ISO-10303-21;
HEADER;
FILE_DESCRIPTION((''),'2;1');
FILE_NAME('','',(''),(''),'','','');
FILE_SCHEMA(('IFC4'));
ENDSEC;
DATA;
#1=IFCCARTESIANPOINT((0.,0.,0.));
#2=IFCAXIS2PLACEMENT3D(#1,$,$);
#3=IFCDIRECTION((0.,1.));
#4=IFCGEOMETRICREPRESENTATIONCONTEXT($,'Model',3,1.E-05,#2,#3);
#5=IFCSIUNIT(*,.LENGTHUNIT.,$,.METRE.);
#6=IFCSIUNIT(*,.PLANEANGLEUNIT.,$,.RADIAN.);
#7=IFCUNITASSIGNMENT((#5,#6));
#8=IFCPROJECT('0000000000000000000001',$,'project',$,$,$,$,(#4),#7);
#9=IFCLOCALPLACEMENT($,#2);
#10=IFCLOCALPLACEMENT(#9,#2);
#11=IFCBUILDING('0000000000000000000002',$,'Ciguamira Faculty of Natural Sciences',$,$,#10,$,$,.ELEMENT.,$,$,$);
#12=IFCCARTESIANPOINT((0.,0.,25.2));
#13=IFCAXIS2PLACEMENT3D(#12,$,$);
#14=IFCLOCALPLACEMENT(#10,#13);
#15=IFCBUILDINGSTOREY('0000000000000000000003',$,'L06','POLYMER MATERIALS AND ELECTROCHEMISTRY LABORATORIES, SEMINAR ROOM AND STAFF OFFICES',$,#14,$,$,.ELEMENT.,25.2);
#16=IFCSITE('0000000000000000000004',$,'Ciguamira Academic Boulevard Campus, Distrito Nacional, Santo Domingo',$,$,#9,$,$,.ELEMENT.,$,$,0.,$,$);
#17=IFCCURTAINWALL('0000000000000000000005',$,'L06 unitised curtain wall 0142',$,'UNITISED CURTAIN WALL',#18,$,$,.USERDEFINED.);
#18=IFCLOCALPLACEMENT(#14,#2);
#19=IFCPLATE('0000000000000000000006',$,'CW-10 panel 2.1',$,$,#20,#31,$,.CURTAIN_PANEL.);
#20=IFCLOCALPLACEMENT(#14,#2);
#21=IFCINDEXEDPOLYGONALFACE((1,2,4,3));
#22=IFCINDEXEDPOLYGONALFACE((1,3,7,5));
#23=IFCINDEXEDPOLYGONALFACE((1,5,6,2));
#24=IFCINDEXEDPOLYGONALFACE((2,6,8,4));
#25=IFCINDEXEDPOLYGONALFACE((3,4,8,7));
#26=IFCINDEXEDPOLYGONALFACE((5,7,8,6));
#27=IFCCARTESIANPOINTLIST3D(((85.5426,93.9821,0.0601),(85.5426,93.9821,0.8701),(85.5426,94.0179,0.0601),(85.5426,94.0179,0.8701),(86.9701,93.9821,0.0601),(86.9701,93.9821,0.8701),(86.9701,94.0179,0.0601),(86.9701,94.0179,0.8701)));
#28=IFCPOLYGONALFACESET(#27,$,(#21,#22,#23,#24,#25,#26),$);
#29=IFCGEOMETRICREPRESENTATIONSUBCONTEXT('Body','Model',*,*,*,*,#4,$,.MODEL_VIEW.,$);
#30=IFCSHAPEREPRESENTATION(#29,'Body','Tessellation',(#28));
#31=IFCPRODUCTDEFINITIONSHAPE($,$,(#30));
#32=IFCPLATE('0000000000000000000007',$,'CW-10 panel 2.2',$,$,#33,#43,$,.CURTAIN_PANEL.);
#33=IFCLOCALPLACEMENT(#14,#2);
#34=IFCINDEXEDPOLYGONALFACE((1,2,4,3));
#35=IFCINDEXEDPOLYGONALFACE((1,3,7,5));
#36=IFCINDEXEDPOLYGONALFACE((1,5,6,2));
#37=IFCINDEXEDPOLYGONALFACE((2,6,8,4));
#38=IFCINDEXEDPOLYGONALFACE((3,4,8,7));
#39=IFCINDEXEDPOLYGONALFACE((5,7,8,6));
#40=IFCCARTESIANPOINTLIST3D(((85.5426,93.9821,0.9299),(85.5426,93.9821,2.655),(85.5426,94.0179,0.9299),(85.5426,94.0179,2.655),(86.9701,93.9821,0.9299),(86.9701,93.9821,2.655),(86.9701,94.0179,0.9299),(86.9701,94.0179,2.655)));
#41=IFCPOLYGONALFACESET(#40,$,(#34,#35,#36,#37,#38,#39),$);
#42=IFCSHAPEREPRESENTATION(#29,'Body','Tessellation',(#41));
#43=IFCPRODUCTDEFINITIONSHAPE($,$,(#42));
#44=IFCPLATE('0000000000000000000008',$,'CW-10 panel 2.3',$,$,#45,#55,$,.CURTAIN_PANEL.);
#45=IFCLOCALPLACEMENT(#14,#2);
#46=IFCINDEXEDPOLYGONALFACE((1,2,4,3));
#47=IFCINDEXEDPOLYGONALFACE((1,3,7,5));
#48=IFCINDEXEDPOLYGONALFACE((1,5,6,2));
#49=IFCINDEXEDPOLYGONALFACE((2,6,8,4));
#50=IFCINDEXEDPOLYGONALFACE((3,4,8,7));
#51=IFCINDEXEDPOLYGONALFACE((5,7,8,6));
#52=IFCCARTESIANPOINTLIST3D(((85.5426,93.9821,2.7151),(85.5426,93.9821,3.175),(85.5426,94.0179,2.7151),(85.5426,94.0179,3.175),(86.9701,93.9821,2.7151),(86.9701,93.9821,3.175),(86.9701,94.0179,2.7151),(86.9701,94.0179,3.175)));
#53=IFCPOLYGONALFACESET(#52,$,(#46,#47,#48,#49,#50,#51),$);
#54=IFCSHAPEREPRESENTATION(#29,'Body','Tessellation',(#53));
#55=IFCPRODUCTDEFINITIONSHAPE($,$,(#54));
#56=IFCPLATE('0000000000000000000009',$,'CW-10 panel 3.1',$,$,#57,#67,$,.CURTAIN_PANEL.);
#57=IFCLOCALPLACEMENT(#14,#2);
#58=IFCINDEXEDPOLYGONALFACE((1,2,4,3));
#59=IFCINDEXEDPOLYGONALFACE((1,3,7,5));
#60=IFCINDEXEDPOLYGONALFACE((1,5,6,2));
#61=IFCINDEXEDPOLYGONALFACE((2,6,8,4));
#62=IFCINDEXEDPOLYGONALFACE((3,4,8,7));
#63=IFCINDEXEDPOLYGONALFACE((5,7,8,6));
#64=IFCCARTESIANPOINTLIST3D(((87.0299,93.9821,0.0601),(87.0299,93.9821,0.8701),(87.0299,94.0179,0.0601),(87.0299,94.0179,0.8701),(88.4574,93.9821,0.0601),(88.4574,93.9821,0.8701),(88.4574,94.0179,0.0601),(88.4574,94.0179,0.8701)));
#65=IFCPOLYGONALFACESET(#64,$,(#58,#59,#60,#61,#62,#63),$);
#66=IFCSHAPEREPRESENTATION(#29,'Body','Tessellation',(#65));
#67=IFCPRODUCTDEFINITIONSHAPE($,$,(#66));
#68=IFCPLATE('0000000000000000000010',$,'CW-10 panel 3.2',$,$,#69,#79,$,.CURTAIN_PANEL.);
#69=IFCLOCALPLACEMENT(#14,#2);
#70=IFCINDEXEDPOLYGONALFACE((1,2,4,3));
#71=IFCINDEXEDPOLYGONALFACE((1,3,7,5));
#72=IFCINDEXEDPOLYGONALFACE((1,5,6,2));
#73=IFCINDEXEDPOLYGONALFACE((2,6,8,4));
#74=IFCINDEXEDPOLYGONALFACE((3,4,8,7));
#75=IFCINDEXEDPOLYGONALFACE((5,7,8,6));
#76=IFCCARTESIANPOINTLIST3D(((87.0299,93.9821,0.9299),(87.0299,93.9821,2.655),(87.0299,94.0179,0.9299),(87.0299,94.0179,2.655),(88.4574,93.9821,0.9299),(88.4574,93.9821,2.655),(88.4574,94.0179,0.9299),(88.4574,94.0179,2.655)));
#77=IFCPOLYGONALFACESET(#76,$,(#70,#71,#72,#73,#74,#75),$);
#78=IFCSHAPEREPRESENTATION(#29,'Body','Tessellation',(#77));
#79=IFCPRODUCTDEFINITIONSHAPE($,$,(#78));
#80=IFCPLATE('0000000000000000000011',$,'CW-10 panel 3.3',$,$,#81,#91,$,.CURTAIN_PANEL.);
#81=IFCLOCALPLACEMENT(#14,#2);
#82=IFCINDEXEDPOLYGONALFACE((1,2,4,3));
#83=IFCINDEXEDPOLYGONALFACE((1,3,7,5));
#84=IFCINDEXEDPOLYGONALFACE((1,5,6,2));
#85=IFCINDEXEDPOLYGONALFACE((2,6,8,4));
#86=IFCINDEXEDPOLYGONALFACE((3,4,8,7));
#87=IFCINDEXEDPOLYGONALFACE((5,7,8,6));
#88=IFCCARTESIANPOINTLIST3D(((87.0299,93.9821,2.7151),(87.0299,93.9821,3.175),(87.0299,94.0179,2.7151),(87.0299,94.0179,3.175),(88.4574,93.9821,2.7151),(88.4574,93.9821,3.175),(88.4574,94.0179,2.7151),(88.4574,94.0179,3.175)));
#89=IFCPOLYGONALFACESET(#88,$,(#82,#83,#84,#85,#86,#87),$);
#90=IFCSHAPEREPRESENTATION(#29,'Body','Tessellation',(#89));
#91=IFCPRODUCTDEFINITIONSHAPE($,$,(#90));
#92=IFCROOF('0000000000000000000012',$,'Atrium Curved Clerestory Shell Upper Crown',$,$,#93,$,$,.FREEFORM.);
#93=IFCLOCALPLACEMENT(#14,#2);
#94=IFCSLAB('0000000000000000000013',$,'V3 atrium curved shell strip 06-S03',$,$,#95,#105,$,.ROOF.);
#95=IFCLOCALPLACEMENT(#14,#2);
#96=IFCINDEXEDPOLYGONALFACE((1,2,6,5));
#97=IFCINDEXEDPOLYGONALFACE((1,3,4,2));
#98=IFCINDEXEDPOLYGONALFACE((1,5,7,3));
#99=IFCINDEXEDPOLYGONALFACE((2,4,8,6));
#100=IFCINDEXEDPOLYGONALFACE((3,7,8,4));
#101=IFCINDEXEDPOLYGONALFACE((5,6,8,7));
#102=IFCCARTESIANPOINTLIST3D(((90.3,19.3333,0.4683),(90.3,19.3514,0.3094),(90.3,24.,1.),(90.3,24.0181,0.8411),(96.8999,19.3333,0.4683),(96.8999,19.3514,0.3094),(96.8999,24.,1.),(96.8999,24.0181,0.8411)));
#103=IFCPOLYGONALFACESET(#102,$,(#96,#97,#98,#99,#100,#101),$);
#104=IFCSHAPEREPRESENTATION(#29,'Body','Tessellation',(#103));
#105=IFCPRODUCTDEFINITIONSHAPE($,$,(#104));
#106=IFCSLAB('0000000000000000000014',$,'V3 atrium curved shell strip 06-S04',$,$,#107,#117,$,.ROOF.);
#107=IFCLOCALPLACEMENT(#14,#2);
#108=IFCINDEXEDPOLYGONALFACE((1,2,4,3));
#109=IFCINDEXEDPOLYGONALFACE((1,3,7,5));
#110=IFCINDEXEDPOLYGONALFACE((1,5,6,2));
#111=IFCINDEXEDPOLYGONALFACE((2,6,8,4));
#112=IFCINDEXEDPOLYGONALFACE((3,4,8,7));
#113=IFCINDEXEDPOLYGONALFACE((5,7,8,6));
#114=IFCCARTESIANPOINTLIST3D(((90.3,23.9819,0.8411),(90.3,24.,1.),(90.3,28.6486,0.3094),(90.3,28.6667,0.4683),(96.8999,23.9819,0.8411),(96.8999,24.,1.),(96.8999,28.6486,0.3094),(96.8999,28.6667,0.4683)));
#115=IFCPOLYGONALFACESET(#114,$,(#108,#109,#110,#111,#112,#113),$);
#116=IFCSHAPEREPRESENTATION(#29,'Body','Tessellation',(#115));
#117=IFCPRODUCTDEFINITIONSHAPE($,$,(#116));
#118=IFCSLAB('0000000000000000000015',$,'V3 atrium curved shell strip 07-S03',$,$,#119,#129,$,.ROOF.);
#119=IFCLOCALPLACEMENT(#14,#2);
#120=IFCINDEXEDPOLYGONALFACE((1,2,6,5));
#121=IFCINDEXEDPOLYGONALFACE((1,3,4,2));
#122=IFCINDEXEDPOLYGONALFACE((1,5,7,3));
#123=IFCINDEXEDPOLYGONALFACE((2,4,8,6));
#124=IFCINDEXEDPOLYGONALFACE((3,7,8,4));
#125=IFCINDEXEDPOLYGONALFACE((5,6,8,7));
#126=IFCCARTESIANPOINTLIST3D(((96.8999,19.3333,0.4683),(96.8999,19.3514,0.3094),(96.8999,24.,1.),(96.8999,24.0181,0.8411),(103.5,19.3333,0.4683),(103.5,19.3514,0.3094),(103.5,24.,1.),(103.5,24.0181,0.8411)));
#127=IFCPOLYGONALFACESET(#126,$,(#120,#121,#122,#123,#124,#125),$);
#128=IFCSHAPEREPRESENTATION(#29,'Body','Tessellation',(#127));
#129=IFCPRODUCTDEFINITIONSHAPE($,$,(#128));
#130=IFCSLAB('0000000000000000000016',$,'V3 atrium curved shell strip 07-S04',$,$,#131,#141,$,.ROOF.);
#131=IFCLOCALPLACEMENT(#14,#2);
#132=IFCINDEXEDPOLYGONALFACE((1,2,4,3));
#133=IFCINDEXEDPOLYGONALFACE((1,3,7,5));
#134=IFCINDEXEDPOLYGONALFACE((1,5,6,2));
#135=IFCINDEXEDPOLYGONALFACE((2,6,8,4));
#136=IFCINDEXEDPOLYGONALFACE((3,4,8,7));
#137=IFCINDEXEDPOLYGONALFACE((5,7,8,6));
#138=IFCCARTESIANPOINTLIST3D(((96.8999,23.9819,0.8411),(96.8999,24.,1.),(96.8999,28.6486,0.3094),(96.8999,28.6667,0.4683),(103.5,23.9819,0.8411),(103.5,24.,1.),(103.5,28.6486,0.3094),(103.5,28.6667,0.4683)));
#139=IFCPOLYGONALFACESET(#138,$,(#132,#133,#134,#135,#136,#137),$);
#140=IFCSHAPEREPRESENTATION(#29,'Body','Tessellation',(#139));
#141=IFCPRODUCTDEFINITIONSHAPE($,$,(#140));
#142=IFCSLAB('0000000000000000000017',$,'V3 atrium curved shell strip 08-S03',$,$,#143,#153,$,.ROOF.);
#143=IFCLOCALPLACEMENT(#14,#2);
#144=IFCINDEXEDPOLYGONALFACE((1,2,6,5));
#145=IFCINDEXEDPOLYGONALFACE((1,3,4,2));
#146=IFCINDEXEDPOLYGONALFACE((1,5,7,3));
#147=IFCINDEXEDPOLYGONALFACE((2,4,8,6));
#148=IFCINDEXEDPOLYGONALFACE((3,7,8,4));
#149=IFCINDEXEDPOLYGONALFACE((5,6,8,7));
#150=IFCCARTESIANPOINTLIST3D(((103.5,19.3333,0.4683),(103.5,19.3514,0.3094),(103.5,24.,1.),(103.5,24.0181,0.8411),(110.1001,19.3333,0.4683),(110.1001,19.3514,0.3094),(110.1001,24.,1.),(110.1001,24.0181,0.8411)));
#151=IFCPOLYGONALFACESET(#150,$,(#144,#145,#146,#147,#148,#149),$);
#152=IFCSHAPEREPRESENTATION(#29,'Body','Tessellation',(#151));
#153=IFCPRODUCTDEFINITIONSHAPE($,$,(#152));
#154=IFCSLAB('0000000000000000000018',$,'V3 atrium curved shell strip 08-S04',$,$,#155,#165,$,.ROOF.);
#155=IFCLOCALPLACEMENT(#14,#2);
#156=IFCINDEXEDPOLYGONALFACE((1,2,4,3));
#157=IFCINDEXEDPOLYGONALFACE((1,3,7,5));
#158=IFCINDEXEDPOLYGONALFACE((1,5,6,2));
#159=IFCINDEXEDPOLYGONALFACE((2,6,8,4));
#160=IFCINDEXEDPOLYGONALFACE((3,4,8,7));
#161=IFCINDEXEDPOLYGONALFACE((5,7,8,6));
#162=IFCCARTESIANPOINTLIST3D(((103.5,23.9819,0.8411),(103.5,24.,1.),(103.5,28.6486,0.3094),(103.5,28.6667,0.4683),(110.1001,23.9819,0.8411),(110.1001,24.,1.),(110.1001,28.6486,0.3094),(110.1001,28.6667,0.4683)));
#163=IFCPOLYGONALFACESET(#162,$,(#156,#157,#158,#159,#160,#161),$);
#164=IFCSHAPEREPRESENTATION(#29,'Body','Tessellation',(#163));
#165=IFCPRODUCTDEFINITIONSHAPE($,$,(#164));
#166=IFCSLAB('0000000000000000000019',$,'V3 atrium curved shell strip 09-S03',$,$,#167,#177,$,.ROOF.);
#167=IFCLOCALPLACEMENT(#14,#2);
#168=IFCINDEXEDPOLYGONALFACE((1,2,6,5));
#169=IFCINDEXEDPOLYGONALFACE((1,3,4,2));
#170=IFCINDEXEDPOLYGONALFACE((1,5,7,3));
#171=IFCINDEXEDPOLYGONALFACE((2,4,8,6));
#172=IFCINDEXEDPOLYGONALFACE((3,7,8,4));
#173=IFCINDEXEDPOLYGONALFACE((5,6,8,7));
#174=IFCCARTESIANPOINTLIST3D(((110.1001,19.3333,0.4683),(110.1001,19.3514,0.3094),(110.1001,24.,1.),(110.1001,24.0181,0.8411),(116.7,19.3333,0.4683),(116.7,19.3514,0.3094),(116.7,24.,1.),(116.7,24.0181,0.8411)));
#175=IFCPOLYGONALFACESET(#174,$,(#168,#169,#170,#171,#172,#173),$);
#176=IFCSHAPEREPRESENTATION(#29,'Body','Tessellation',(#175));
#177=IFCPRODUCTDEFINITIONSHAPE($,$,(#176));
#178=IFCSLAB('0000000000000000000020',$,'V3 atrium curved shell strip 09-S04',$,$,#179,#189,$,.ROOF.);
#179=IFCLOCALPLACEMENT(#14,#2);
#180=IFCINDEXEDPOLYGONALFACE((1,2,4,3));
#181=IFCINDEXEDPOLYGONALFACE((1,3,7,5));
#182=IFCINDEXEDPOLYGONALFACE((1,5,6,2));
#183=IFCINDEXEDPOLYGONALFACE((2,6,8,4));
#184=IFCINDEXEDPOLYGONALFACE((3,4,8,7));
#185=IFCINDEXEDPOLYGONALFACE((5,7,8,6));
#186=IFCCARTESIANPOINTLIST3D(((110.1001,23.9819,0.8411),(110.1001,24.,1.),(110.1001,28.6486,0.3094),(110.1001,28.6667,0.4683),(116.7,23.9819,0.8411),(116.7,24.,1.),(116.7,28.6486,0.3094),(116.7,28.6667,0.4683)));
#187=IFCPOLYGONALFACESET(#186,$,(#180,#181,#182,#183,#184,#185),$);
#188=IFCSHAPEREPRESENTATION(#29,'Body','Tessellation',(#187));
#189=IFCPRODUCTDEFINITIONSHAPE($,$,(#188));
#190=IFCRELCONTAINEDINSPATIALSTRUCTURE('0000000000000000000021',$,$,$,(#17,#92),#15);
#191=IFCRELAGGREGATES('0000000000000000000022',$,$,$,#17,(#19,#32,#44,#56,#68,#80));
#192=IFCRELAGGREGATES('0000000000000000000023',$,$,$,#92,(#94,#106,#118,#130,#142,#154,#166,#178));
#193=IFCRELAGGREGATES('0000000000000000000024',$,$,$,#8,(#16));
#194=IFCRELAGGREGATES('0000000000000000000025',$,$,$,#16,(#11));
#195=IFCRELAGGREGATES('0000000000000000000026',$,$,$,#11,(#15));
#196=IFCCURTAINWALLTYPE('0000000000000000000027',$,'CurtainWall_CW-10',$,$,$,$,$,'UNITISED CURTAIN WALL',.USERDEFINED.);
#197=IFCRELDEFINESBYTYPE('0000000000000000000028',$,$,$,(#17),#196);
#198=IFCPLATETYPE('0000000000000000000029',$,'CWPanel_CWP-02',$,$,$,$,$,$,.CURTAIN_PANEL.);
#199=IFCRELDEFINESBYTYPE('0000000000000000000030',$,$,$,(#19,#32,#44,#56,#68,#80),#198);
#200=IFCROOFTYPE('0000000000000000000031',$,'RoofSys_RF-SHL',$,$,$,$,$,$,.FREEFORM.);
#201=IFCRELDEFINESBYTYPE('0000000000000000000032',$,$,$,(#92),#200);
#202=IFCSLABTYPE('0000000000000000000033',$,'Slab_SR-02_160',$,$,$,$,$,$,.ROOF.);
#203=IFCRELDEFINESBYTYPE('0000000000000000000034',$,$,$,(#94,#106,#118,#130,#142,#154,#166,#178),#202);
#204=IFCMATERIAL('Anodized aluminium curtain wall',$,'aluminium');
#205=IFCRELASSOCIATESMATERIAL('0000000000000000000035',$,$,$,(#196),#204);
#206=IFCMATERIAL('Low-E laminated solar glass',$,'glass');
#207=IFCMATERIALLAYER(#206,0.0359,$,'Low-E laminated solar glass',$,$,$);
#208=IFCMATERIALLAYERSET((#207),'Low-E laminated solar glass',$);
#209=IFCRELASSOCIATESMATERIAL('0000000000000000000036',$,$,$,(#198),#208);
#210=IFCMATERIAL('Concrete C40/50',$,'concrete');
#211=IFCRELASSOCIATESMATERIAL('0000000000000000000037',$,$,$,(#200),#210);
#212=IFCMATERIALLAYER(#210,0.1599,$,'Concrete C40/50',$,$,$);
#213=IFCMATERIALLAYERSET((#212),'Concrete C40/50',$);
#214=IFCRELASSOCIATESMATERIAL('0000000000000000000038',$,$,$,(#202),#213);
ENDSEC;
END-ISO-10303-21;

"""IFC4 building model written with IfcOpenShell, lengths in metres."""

from ifc_helpers import new_model, si_unit, direction, frame, origin, origin_2d, place, context, subcontext, project, spatial, polyline, rectangle, outline, extrude, material, layer, layer_set, type_object, element, aggregate, save


model = new_model("IFC4")

# Units and contexts
model_context = context("Model", 3, precision=1e-05, world=origin(), true_north=direction((0.0, 1.0)))
body_context = subcontext(model_context, "Body", "Model", "MODEL_VIEW")
ifc_project = project(units=[si_unit("LENGTHUNIT", "METRE"), si_unit("PLANEANGLEUNIT", "RADIAN")], contexts=[model_context])

# Site, building, storey
site_placement = place(None, origin())
site = spatial("IfcSite", under=ifc_project, at=site_placement, Name="Ciguamira Academic Boulevard Campus, Distrito Nacional, Santo Domingo", CompositionType="ELEMENT", RefElevation=0.0)
building_placement = place(site_placement, origin())
building = spatial("IfcBuilding", under=site, at=building_placement, Name="Ciguamira Faculty of Natural Sciences", CompositionType="ELEMENT")
storey_placement = place(building_placement, frame((0.0, 0.0, 25.2)))
storey = spatial("IfcBuildingStorey", under=building, at=storey_placement, Name="L06", Description="POLYMER MATERIALS AND ELECTROCHEMISTRY LABORATORIES, SEMINAR ROOM AND STAFF OFFICES", CompositionType="ELEMENT", Elevation=25.2)

# Curtain wall, plates
ifc_material_1 = material(Name="Anodized aluminium curtain wall", Category="aluminium")
curtain_wall_type = type_object("IfcCurtainWallType", Name="CurtainWall_CW-10", ElementType="UNITISED CURTAIN WALL", PredefinedType="USERDEFINED", material=ifc_material_1)
curtain_wall_placement = place(storey_placement, origin())
curtain_wall = element("IfcCurtainWall", 1, at=curtain_wall_placement, inside=storey, type_object=curtain_wall_type, Name="L06 unitised curtain wall 0142", ObjectType="UNITISED CURTAIN WALL", PredefinedType="USERDEFINED")
ifc_material_2 = material(Name="Low-E laminated solar glass", Category="glass")
ifc_layer_1 = layer(ifc_material_2, 0.0359, Name="Low-E laminated solar glass")
ifc_layer_set_1 = layer_set([ifc_layer_1], Name="Low-E laminated solar glass")
plate_type = type_object("IfcPlateType", Name="CWPanel_CWP-02", PredefinedType="CURTAIN_PANEL", material=ifc_layer_set_1)
plate_1_placement = place(storey_placement, frame((86.2563, 94.0, 0.0601), z_axis=(0.0, 0.0, 1.0), x_axis=(1.0, 0.0, 0.0)))
plate_1 = element("IfcPlate", 2, at=plate_1_placement, type_object=plate_type, Name="CW-10 panel 2.1", PredefinedType="CURTAIN_PANEL", context=body_context, shape_type="SweptSolid", body=[
    extrude(rectangle(XDim=1.4275, YDim=0.0359, at=origin_2d()), origin(), (0.0, 0.0, 1.0), 0.8101),
])
plate_2_placement = place(storey_placement, frame((86.2563, 94.0, 0.9299), z_axis=(0.0, 0.0, 1.0), x_axis=(1.0, 0.0, 0.0)))
plate_2 = element("IfcPlate", 3, at=plate_2_placement, type_object=plate_type, Name="CW-10 panel 2.2", PredefinedType="CURTAIN_PANEL", context=body_context, shape_type="SweptSolid", body=[
    extrude(rectangle(XDim=1.4275, YDim=0.0359, at=origin_2d()), origin(), (0.0, 0.0, 1.0), 1.7251),
])
plate_3_placement = place(storey_placement, frame((86.2563, 94.0, 2.7151), z_axis=(0.0, 0.0, 1.0), x_axis=(1.0, 0.0, 0.0)))
plate_3 = element("IfcPlate", 4, at=plate_3_placement, type_object=plate_type, Name="CW-10 panel 2.3", PredefinedType="CURTAIN_PANEL", context=body_context, shape_type="SweptSolid", body=[
    extrude(rectangle(XDim=1.4275, YDim=0.0359, at=origin_2d()), origin(), (0.0, 0.0, 1.0), 0.46),
])
plate_4_placement = place(storey_placement, frame((87.7437, 94.0, 0.0601), z_axis=(0.0, 0.0, 1.0), x_axis=(1.0, 0.0, 0.0)))
plate_4 = element("IfcPlate", 5, at=plate_4_placement, type_object=plate_type, Name="CW-10 panel 3.1", PredefinedType="CURTAIN_PANEL", context=body_context, shape_type="SweptSolid", body=[
    extrude(rectangle(XDim=1.4275, YDim=0.0359, at=origin_2d()), origin(), (0.0, 0.0, 1.0), 0.8101),
])
plate_5_placement = place(storey_placement, frame((87.7437, 94.0, 0.9299), z_axis=(0.0, 0.0, 1.0), x_axis=(1.0, 0.0, 0.0)))
plate_5 = element("IfcPlate", 6, at=plate_5_placement, type_object=plate_type, Name="CW-10 panel 3.2", PredefinedType="CURTAIN_PANEL", context=body_context, shape_type="SweptSolid", body=[
    extrude(rectangle(XDim=1.4275, YDim=0.0359, at=origin_2d()), origin(), (0.0, 0.0, 1.0), 1.7251),
])
plate_6_placement = place(storey_placement, frame((87.7437, 94.0, 2.7151), z_axis=(0.0, 0.0, 1.0), x_axis=(1.0, 0.0, 0.0)))
plate_6 = element("IfcPlate", 7, at=plate_6_placement, type_object=plate_type, Name="CW-10 panel 3.3", PredefinedType="CURTAIN_PANEL", context=body_context, shape_type="SweptSolid", body=[
    extrude(rectangle(XDim=1.4275, YDim=0.0359, at=origin_2d()), origin(), (0.0, 0.0, 1.0), 0.46),
])
aggregate(curtain_wall, [plate_1, plate_2, plate_3, plate_4, plate_5, plate_6])

# Roof, slabs
ifc_material_3 = material(Name="Concrete C40/50", Category="concrete")
roof_type = type_object("IfcRoofType", Name="RoofSys_RF-SHL", PredefinedType="FREEFORM", material=ifc_material_3)
roof_placement = place(storey_placement, origin())
roof = element("IfcRoof", 8, at=roof_placement, inside=storey, type_object=roof_type, Name="Atrium Curved Clerestory Shell Upper Crown", PredefinedType="FREEFORM")
ifc_layer_2 = layer(ifc_material_3, 0.1599, Name="Concrete C40/50")
ifc_layer_set_2 = layer_set([ifc_layer_2], Name="Concrete C40/50")
slab_type = type_object("IfcSlabType", Name="Slab_SR-02_160", PredefinedType="ROOF", material=ifc_layer_set_2)
slab_1_placement = place(storey_placement, frame((90.3, 19.3333, 0.4683), z_axis=(0.0, -0.113209, 0.993571), x_axis=(1.0, 0.0, 0.0)))
slab_1 = element("IfcSlab", 9, at=slab_1_placement, type_object=slab_type, Name="V3 atrium curved shell strip 06-S03", PredefinedType="ROOF", context=body_context, shape_type="SweptSolid", body=[
    extrude(outline(polyline([(0.0, 0.0), (6.5999, 0.0), (6.5999, 4.6969), (0.0, 4.6969), (0.0, 0.0)])), origin(), (0.0, 0.0, -1.0), 0.1599),
])
slab_2_placement = place(storey_placement, frame((90.3, 24.0, 1.0), z_axis=(0.0, 0.113209, 0.993571), x_axis=(1.0, 0.0, 0.0)))
slab_2 = element("IfcSlab", 10, at=slab_2_placement, type_object=slab_type, Name="V3 atrium curved shell strip 06-S04", PredefinedType="ROOF", context=body_context, shape_type="SweptSolid", body=[
    extrude(outline(polyline([(0.0, 0.0), (6.5999, 0.0), (6.5999, 4.6969), (0.0, 4.6969), (0.0, 0.0)])), origin(), (0.0, 0.0, -1.0), 0.1599),
])
slab_3_placement = place(storey_placement, frame((96.8999, 19.3333, 0.4683), z_axis=(0.0, -0.113209, 0.993571), x_axis=(1.0, 0.0, 0.0)))
slab_3 = element("IfcSlab", 11, at=slab_3_placement, type_object=slab_type, Name="V3 atrium curved shell strip 07-S03", PredefinedType="ROOF", context=body_context, shape_type="SweptSolid", body=[
    extrude(outline(polyline([(0.0, 0.0), (6.6001, 0.0), (6.6001, 4.6969), (0.0, 4.6969), (0.0, 0.0)])), origin(), (0.0, 0.0, -1.0), 0.1599),
])
slab_4_placement = place(storey_placement, frame((96.8999, 24.0, 1.0), z_axis=(0.0, 0.113209, 0.993571), x_axis=(1.0, 0.0, 0.0)))
slab_4 = element("IfcSlab", 12, at=slab_4_placement, type_object=slab_type, Name="V3 atrium curved shell strip 07-S04", PredefinedType="ROOF", context=body_context, shape_type="SweptSolid", body=[
    extrude(outline(polyline([(0.0, 0.0), (6.6001, 0.0), (6.6001, 4.6969), (0.0, 4.6969), (0.0, 0.0)])), origin(), (0.0, 0.0, -1.0), 0.1599),
])
slab_5_placement = place(storey_placement, frame((103.5, 19.3333, 0.4683), z_axis=(0.0, -0.113209, 0.993571), x_axis=(1.0, 0.0, 0.0)))
slab_5 = element("IfcSlab", 13, at=slab_5_placement, type_object=slab_type, Name="V3 atrium curved shell strip 08-S03", PredefinedType="ROOF", context=body_context, shape_type="SweptSolid", body=[
    extrude(outline(polyline([(0.0, 0.0), (6.6001, 0.0), (6.6001, 4.6969), (0.0, 4.6969), (0.0, 0.0)])), origin(), (0.0, 0.0, -1.0), 0.1599),
])
slab_6_placement = place(storey_placement, frame((103.5, 24.0, 1.0), z_axis=(0.0, 0.113209, 0.993571), x_axis=(1.0, 0.0, 0.0)))
slab_6 = element("IfcSlab", 14, at=slab_6_placement, type_object=slab_type, Name="V3 atrium curved shell strip 08-S04", PredefinedType="ROOF", context=body_context, shape_type="SweptSolid", body=[
    extrude(outline(polyline([(0.0, 0.0), (6.6001, 0.0), (6.6001, 4.6969), (0.0, 4.6969), (0.0, 0.0)])), origin(), (0.0, 0.0, -1.0), 0.1599),
])
slab_7_placement = place(storey_placement, frame((110.1001, 19.3333, 0.4683), z_axis=(0.0, -0.113209, 0.993571), x_axis=(1.0, 0.0, 0.0)))
slab_7 = element("IfcSlab", 15, at=slab_7_placement, type_object=slab_type, Name="V3 atrium curved shell strip 09-S03", PredefinedType="ROOF", context=body_context, shape_type="SweptSolid", body=[
    extrude(outline(polyline([(0.0, 0.0), (6.5999, 0.0), (6.5999, 4.6969), (0.0, 4.6969), (0.0, 0.0)])), origin(), (0.0, 0.0, -1.0), 0.1599),
])
slab_8_placement = place(storey_placement, frame((110.1001, 24.0, 1.0), z_axis=(0.0, 0.113209, 0.993571), x_axis=(1.0, 0.0, 0.0)))
slab_8 = element("IfcSlab", 16, at=slab_8_placement, type_object=slab_type, Name="V3 atrium curved shell strip 09-S04", PredefinedType="ROOF", context=body_context, shape_type="SweptSolid", body=[
    extrude(outline(polyline([(0.0, 0.0), (6.5999, 0.0), (6.5999, 4.6969), (0.0, 4.6969), (0.0, 0.0)])), origin(), (0.0, 0.0, -1.0), 0.1599),
])
aggregate(roof, [slab_1, slab_2, slab_3, slab_4, slab_5, slab_6, slab_7, slab_8])

save(model, "model.ifc")
